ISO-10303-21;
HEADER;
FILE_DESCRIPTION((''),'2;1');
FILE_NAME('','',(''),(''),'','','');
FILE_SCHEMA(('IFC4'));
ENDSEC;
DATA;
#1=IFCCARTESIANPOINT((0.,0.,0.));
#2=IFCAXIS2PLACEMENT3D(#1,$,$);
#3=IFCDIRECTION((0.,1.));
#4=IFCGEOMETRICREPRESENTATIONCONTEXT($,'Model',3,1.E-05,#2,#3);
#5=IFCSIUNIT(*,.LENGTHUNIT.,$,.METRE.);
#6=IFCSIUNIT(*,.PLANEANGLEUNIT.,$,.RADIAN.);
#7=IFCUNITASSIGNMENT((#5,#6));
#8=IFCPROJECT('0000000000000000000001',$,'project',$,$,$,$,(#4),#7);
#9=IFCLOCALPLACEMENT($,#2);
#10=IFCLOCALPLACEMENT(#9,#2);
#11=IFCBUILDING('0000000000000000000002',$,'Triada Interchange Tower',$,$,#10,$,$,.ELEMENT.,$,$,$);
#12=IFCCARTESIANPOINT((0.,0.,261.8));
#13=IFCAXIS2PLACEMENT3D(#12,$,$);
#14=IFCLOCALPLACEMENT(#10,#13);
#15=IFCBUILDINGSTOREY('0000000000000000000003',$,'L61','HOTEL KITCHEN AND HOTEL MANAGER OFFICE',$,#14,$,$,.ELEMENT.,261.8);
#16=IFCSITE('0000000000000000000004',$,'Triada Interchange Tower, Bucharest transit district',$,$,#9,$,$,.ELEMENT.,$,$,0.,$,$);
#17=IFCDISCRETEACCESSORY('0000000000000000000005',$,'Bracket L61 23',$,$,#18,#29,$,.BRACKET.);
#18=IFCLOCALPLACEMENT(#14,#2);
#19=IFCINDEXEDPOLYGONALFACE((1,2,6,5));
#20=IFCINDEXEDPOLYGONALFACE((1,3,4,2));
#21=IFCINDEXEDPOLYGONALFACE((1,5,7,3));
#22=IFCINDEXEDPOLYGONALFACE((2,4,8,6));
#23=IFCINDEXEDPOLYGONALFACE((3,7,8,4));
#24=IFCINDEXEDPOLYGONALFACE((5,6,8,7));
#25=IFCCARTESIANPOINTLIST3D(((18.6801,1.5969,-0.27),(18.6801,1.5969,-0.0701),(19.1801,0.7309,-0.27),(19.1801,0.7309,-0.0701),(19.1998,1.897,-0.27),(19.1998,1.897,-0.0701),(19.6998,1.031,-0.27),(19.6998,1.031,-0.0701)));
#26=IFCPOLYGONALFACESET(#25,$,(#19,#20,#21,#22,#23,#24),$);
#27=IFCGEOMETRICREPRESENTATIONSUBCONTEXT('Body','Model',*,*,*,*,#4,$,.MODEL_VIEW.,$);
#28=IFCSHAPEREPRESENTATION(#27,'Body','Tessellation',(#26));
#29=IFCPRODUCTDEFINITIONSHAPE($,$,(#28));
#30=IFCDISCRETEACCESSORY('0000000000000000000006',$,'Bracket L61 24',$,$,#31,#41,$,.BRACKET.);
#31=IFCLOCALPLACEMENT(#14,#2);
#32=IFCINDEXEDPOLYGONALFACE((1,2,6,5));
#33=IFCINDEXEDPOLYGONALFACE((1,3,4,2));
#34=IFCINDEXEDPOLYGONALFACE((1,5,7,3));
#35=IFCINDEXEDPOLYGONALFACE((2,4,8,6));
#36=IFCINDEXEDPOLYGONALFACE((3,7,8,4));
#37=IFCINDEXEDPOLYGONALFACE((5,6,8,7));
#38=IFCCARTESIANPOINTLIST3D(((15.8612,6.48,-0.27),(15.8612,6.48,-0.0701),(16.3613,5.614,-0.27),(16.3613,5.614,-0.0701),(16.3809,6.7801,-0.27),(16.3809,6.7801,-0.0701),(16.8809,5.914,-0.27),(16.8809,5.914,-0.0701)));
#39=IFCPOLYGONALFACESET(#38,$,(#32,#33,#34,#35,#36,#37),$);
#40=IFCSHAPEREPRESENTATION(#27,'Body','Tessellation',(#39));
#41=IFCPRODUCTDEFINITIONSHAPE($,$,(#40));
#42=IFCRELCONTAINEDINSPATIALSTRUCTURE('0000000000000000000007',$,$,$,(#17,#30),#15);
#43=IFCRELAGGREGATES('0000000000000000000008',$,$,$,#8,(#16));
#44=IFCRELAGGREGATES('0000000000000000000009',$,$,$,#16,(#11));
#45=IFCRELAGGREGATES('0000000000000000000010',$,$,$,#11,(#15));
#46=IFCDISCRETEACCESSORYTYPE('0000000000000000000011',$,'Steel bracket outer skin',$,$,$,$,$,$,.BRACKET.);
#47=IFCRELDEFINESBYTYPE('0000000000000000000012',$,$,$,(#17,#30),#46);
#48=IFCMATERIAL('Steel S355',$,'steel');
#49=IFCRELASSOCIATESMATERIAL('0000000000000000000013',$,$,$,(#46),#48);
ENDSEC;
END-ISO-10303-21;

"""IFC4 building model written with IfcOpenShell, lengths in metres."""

from ifc_helpers import new_model, si_unit, direction, frame, origin, origin_2d, place, context, subcontext, project, spatial, rectangle, extrude, material, type_object, element, save


model = new_model("IFC4")

# Units and contexts
model_context = context("Model", 3, precision=1e-05, world=origin(), true_north=direction((0.0, 1.0)))
body_context = subcontext(model_context, "Body", "Model", "MODEL_VIEW")
ifc_project = project(units=[si_unit("LENGTHUNIT", "METRE"), si_unit("PLANEANGLEUNIT", "RADIAN")], contexts=[model_context])

# Site, building, storey
site_placement = place(None, origin())
site = spatial("IfcSite", under=ifc_project, at=site_placement, Name="Triada Interchange Tower, Bucharest transit district", CompositionType="ELEMENT", RefElevation=0.0)
building_placement = place(site_placement, origin())
building = spatial("IfcBuilding", under=site, at=building_placement, Name="Triada Interchange Tower", CompositionType="ELEMENT")
storey_placement = place(building_placement, frame((0.0, 0.0, 261.8)))
storey = spatial("IfcBuildingStorey", under=building, at=storey_placement, Name="L61", Description="HOTEL KITCHEN AND HOTEL MANAGER OFFICE", CompositionType="ELEMENT", Elevation=261.8)

# Discrete accessories
ifc_material_1 = material(Name="Steel S355", Category="steel")
discrete_accessory_type = type_object("IfcDiscreteAccessoryType", Name="Steel bracket outer skin", PredefinedType="BRACKET", material=ifc_material_1)
for number, where, z_axis, x_axis, name in (
    (1, (19.1899, 1.314, -0.27), (0.0, 0.0, 1.0), (0.866018, 0.500013, 0.0), "Bracket L61 23"),
    (2, (16.3711, 6.197, -0.27), (0.0, 0.0, 1.0), (0.866018, 0.500013, 0.0), "Bracket L61 24"),
):
    element("IfcDiscreteAccessory", number, at=place(storey_placement, frame(where, z_axis=z_axis, x_axis=x_axis)), inside=storey, type_object=discrete_accessory_type, Name=name, PredefinedType="BRACKET", context=body_context, shape_type="SweptSolid", body=[
        extrude(rectangle(XDim=0.6001, YDim=1.0, at=origin_2d()), origin(), (0.0, 0.0, 1.0), 0.2),
    ])

save(model, "model.ifc")
